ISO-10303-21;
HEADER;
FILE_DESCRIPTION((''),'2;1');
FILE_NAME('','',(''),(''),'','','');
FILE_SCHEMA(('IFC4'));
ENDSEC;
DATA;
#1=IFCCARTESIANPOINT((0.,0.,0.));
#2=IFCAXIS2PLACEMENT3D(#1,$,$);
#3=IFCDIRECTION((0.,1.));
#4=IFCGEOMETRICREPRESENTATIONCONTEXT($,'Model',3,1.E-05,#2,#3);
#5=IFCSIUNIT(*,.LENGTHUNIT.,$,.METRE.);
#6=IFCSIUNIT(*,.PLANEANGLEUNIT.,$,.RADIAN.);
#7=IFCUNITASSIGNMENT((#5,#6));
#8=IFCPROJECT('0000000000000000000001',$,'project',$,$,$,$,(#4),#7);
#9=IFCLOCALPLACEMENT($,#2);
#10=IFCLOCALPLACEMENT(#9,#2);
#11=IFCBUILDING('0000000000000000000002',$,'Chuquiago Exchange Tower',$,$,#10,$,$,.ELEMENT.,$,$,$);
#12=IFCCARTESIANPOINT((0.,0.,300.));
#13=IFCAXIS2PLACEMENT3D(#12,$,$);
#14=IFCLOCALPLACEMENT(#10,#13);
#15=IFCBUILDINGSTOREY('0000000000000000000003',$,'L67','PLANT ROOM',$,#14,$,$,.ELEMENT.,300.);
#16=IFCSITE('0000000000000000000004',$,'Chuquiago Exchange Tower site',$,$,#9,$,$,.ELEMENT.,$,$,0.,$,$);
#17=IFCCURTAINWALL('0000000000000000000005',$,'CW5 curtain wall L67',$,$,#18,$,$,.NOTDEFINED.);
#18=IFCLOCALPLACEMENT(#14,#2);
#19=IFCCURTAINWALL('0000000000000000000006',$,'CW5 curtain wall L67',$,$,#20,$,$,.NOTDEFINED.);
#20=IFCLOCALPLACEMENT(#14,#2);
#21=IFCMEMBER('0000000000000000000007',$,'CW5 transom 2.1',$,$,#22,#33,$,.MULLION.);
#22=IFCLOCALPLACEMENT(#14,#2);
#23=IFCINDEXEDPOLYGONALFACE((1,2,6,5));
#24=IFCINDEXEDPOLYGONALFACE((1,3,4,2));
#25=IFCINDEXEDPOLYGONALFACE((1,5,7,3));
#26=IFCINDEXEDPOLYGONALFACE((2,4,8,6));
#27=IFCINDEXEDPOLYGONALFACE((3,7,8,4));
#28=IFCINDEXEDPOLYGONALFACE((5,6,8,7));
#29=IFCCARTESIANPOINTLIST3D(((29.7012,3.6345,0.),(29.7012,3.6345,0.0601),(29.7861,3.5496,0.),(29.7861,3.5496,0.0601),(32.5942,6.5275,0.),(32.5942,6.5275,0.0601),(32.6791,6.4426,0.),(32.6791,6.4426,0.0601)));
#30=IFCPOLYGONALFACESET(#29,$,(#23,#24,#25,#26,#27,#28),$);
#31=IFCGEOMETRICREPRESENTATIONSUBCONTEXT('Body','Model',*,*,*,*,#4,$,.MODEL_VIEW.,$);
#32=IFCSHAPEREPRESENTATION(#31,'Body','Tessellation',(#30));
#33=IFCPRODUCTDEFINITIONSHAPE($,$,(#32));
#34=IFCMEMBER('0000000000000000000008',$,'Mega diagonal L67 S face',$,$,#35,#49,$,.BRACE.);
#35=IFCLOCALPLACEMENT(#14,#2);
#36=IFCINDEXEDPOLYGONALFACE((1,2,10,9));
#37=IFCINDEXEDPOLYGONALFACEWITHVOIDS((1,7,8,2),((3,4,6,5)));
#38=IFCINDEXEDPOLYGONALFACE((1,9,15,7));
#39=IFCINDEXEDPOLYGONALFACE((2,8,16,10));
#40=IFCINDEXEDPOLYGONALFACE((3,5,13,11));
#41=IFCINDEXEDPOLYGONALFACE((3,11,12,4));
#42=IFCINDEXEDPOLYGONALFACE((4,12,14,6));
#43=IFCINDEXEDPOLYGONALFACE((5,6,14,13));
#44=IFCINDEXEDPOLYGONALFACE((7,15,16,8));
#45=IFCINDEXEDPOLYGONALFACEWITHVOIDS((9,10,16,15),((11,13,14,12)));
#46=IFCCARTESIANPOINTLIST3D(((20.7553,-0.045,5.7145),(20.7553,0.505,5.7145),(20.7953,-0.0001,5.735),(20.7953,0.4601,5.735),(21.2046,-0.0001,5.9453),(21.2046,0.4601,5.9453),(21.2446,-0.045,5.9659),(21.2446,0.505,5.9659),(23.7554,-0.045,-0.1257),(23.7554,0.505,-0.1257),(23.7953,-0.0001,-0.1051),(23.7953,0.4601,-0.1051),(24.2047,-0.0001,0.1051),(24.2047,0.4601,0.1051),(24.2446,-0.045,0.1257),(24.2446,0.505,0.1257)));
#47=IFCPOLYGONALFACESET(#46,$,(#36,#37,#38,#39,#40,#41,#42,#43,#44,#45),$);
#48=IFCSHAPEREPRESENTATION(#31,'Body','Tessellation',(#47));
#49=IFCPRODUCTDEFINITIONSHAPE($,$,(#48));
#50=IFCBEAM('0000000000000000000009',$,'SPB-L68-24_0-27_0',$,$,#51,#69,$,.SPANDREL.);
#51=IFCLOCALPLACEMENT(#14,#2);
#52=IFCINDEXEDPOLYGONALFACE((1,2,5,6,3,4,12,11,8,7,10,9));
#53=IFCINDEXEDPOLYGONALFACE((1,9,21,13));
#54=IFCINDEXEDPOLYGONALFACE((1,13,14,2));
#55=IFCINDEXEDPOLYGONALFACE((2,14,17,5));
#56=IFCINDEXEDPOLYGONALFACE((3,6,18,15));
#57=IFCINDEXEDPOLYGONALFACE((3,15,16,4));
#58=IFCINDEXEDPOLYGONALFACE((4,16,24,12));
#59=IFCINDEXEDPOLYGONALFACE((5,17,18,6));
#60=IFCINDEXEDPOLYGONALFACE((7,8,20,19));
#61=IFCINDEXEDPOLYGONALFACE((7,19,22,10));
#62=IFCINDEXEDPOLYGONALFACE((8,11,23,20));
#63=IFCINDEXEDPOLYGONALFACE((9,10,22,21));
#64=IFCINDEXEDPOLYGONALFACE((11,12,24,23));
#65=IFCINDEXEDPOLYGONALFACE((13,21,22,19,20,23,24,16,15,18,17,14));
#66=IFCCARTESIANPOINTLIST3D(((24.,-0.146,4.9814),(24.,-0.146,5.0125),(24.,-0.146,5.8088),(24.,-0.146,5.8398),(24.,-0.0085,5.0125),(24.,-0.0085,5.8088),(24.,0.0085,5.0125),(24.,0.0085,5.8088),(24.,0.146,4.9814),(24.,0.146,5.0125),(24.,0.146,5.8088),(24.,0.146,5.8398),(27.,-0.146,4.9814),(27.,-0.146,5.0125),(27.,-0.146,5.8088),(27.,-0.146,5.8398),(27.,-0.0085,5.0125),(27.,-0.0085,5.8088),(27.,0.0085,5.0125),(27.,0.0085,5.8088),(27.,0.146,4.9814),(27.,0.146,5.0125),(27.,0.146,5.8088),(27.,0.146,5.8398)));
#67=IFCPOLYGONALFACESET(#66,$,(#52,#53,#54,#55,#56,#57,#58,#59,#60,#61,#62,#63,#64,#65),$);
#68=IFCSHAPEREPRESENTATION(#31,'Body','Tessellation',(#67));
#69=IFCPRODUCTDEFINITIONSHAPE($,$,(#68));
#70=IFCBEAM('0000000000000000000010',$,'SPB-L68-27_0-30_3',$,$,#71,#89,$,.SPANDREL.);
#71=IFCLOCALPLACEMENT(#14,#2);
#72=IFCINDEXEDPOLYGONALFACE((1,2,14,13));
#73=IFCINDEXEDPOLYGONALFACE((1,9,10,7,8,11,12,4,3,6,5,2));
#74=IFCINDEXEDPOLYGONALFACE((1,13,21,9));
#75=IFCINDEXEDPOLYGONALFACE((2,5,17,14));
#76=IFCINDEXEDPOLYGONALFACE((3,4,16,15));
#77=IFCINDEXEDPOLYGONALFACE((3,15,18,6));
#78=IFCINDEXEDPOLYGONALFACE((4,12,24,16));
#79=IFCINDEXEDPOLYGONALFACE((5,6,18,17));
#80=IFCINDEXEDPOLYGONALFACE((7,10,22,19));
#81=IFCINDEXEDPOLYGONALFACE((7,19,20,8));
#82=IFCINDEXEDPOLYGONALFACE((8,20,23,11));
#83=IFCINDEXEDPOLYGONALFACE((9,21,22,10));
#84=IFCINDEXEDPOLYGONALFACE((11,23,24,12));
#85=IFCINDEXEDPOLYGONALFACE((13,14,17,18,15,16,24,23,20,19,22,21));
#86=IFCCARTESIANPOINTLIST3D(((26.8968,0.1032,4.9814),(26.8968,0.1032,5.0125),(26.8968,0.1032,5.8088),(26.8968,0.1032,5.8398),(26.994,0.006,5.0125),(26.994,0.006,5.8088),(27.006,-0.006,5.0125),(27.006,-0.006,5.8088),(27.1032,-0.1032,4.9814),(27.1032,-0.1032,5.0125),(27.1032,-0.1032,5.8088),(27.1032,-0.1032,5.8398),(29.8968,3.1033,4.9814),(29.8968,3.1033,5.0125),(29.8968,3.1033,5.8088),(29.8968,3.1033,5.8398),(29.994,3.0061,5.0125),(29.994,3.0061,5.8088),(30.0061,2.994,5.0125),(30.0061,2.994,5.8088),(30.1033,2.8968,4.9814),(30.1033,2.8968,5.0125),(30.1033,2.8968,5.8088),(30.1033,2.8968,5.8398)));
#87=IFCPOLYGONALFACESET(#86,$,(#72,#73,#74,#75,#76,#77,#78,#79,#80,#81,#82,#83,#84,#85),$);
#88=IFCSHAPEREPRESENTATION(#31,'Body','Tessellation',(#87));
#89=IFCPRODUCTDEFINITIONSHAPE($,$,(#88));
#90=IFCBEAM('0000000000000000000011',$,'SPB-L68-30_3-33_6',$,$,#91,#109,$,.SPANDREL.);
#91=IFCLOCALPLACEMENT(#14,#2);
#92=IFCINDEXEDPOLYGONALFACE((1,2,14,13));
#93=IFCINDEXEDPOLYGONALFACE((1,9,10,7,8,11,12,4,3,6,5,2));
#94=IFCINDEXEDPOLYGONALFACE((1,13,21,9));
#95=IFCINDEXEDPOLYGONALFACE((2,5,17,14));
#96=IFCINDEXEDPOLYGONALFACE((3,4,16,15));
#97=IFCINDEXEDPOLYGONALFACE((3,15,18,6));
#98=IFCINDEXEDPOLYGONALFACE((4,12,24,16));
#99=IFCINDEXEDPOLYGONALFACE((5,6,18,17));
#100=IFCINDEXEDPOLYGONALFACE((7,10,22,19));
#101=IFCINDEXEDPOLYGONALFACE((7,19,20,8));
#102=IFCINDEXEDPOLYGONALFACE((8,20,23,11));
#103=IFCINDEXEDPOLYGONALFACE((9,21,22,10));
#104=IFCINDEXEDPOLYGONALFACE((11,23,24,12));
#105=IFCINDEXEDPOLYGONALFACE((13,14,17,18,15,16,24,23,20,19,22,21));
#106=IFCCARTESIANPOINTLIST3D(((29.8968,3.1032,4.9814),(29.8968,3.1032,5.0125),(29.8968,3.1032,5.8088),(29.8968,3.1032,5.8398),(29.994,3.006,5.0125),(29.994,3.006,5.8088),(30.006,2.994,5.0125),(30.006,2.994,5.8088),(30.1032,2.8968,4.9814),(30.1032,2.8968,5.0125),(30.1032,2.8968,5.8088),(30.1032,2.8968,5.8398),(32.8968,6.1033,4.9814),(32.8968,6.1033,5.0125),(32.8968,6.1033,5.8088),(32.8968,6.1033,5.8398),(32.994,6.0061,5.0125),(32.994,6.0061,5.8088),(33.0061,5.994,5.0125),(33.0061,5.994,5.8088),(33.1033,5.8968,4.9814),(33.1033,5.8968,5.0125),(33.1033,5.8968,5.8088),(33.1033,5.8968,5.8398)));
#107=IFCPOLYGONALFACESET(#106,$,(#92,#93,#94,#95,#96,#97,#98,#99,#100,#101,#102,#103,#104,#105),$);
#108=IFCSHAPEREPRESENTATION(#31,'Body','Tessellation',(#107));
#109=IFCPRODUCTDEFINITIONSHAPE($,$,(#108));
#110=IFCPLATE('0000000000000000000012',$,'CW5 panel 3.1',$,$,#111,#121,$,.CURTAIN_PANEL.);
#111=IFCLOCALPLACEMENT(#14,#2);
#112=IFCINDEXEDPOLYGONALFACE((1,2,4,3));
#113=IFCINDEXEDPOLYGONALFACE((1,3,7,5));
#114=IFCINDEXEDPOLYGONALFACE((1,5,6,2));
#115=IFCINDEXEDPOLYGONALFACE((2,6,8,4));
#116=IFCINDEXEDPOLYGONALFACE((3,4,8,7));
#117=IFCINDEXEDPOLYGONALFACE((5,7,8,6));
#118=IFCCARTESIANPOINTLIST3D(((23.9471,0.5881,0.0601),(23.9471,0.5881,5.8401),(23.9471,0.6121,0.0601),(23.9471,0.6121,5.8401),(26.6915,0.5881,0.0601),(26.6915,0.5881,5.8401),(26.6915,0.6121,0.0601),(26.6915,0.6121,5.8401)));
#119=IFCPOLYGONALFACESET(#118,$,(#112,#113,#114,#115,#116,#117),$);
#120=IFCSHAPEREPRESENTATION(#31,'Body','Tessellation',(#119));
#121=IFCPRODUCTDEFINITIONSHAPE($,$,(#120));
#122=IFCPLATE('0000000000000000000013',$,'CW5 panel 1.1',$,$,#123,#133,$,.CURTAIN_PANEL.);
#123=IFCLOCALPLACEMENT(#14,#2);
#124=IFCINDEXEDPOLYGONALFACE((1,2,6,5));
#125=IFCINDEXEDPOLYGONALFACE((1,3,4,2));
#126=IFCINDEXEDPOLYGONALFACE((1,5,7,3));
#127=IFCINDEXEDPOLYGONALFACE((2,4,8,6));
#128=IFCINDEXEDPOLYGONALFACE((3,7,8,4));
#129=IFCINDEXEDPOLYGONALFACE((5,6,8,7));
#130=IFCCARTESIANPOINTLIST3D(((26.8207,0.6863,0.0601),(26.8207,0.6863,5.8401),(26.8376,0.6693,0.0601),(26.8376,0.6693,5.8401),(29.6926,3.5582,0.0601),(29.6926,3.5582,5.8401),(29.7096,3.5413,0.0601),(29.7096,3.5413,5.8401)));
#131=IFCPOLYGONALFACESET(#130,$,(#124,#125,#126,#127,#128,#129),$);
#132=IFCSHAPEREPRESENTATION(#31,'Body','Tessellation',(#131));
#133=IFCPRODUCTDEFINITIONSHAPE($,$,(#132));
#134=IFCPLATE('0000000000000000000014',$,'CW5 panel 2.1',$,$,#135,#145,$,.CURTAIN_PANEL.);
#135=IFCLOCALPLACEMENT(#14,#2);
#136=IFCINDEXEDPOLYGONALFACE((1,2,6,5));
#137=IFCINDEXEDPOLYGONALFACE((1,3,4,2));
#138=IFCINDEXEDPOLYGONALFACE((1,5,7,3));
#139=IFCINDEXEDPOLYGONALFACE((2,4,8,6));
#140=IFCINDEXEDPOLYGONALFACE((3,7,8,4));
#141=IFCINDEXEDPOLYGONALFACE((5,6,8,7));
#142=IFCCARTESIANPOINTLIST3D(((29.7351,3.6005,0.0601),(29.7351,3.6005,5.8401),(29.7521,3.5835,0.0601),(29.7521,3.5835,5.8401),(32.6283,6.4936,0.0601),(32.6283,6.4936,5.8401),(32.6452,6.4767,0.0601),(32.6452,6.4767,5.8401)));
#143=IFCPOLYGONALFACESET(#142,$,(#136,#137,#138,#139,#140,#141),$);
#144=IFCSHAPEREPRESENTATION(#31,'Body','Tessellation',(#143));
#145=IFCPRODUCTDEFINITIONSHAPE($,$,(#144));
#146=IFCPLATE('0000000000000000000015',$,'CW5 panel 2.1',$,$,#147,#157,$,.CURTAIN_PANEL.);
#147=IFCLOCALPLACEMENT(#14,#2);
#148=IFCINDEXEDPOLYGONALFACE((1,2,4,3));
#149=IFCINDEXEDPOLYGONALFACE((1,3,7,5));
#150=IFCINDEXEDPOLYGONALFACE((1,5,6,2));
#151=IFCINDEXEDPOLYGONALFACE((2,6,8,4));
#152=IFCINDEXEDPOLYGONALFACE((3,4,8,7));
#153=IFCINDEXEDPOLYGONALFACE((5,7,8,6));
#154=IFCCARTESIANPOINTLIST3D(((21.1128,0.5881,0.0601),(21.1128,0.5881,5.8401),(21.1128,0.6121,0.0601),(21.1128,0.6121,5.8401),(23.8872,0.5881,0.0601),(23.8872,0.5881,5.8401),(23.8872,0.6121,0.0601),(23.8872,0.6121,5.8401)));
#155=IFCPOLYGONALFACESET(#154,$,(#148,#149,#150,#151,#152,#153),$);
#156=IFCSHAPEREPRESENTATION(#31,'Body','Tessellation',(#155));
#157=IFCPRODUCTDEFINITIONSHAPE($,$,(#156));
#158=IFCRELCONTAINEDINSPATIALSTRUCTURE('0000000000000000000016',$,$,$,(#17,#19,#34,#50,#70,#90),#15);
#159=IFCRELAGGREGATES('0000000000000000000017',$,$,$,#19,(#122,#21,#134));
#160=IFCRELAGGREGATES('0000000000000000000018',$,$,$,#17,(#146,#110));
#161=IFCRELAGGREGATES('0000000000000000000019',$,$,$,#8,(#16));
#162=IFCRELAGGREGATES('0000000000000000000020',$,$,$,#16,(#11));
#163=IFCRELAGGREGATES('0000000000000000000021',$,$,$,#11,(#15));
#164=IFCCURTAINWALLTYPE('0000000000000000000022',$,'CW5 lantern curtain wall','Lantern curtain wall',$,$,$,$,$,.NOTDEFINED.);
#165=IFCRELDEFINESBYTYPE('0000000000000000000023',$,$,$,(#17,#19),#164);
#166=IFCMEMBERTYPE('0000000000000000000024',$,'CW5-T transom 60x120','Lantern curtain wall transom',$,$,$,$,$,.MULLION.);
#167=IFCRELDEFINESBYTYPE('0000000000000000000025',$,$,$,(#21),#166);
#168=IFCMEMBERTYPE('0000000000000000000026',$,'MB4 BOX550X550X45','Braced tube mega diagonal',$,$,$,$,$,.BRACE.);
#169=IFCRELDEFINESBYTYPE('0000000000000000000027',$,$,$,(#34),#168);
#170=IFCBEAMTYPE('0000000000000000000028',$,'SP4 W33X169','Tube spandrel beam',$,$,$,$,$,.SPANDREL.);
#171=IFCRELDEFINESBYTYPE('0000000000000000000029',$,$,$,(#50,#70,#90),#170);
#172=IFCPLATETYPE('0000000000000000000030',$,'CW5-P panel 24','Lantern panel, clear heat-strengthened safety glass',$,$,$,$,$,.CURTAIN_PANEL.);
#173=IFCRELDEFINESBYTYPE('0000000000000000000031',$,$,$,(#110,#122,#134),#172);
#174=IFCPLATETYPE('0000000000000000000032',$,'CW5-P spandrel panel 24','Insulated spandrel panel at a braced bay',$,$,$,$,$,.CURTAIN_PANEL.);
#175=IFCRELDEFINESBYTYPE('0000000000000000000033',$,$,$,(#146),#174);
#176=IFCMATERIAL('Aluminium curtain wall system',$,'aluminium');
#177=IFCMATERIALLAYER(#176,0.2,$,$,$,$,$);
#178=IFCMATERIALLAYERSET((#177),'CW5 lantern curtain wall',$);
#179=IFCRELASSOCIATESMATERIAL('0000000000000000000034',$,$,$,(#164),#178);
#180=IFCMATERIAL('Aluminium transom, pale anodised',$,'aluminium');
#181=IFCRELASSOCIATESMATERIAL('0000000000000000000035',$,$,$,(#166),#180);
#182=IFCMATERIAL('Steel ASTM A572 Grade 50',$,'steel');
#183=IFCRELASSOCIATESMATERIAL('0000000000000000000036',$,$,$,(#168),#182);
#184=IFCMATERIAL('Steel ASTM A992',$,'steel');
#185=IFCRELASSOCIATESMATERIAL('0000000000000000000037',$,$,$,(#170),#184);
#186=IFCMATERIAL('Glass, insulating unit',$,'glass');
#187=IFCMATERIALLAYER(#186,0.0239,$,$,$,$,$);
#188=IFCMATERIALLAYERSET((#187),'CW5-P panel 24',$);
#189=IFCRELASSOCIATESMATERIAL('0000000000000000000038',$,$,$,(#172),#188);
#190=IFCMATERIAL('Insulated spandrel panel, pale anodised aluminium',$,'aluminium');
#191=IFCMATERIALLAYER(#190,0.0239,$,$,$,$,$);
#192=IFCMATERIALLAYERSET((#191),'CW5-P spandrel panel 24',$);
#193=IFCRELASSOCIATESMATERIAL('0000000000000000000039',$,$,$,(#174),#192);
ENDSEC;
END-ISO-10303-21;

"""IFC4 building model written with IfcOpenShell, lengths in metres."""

from ifc_helpers import new_model, si_unit, direction, frame, origin, origin_2d, place, context, subcontext, project, spatial, rectangle, hollow_rectangle, i_section, extrude, material, layer, layer_set, material_profile, profile_set, type_object, element, aggregate, save


model = new_model("IFC4")

# Units and contexts
model_context = context("Model", 3, precision=1e-05, world=origin(), true_north=direction((0.0, 1.0)))
body_context = subcontext(model_context, "Body", "Model", "MODEL_VIEW")
ifc_project = project(units=[si_unit("LENGTHUNIT", "METRE"), si_unit("PLANEANGLEUNIT", "RADIAN")], contexts=[model_context])

# Site, building, storey
site_placement = place(None, origin())
site = spatial("IfcSite", under=ifc_project, at=site_placement, Name="Chuquiago Exchange Tower site", CompositionType="ELEMENT", RefElevation=0.0)
building_placement = place(site_placement, origin())
building = spatial("IfcBuilding", under=site, at=building_placement, Name="Chuquiago Exchange Tower", CompositionType="ELEMENT")
storey_placement = place(building_placement, frame((0.0, 0.0, 300.0)))
storey = spatial("IfcBuildingStorey", under=building, at=storey_placement, Name="L67", Description="PLANT ROOM", CompositionType="ELEMENT", Elevation=300.0)

# Curtain walls
ifc_material_1 = material(Name="Aluminium curtain wall system", Category="aluminium")
ifc_layer_1 = layer(ifc_material_1, 0.2)
ifc_layer_set_1 = layer_set([ifc_layer_1], Name="CW5 lantern curtain wall")
curtain_wall_type = type_object("IfcCurtainWallType", Name="CW5 lantern curtain wall", Description="Lantern curtain wall", PredefinedType="NOTDEFINED", material=ifc_layer_set_1)
curtain_wall_1_placement = place(storey_placement, origin())
curtain_wall_1 = element("IfcCurtainWall", 1, at=curtain_wall_1_placement, inside=storey, type_object=curtain_wall_type, Name="CW5 curtain wall L67", PredefinedType="NOTDEFINED")
curtain_wall_2_placement = place(storey_placement, origin())
curtain_wall_2 = element("IfcCurtainWall", 2, at=curtain_wall_2_placement, inside=storey, type_object=curtain_wall_type, Name="CW5 curtain wall L67", PredefinedType="NOTDEFINED")

# Members
ifc_material_2 = material(Name="Aluminium transom, pale anodised", Category="aluminium")
ifc_material_profile_1 = material_profile(ifc_material_2, rectangle(XDim=0.1201, YDim=0.0601, at=origin_2d()), Name="AL 120x60")
ifc_profile_set_1 = profile_set([ifc_material_profile_1], Name="Aluminium transom, pale anodised")
member_type_1 = type_object("IfcMemberType", Name="CW5-T transom 60x120", Description="Lantern curtain wall transom", PredefinedType="MULLION", material=ifc_profile_set_1)
member_1_placement = place(storey_placement, frame((29.7437, 3.592, 0.03), z_axis=(0.707107, 0.707107, 0.0), x_axis=(-0.707107, 0.707107, 0.0)))
member_1 = element("IfcMember", 3, at=member_1_placement, type_object=member_type_1, Name="CW5 transom 2.1", PredefinedType="MULLION", context=body_context, shape_type="SweptSolid", body=[
    extrude(rectangle(XDim=0.1201, YDim=0.0601, at=origin_2d()), origin(), (0.0, 0.0, 1.0), 4.0913),
])
ifc_material_3 = material(Name="Steel ASTM A572 Grade 50", Category="steel")
ifc_material_profile_2 = material_profile(ifc_material_3, hollow_rectangle(XDim=0.55, YDim=0.55, WallThickness=0.0449, at=origin_2d()), Name="BOX550X550X45")
ifc_profile_set_2 = profile_set([ifc_material_profile_2], Name="Steel ASTM A572 Grade 50")
member_type_2 = type_object("IfcMemberType", Name="MB4 BOX550X550X45", Description="Braced tube mega diagonal", PredefinedType="BRACE", material=ifc_profile_set_2)
member_2_placement = place(storey_placement, frame((24.0, 0.23, 0.0), z_axis=(-0.45693, 0.0, 0.889503), x_axis=(0.0, -1.0, 0.0)))
element("IfcMember", 4, at=member_2_placement, inside=storey, type_object=member_type_2, Name="Mega diagonal L67 S face", PredefinedType="BRACE", context=body_context, shape_type="SweptSolid", body=[
    extrude(hollow_rectangle(XDim=0.55, YDim=0.55, WallThickness=0.0449, at=origin_2d()), origin(), (0.0, 0.0, 1.0), 6.5657),
])

# Beams
ifc_material_4 = material(Name="Steel ASTM A992", Category="steel")
ifc_material_profile_3 = material_profile(ifc_material_4, i_section(OverallWidth=0.292, OverallDepth=0.8584, WebThickness=0.0171, FlangeThickness=0.031, at=origin_2d()), Name="W33X169")
ifc_profile_set_3 = profile_set([ifc_material_profile_3], Name="Steel ASTM A992")
beam_type = type_object("IfcBeamType", Name="SP4 W33X169", Description="Tube spandrel beam", PredefinedType="SPANDREL", material=ifc_profile_set_3)
beam_placement = place(storey_placement, frame((24.0, 0.0, 5.4106), z_axis=(1.0, 0.0, 0.0), x_axis=(0.0, 1.0, 0.0)))
element("IfcBeam", 5, at=beam_placement, inside=storey, type_object=beam_type, Name="SPB-L68-24_0-27_0", PredefinedType="SPANDREL", context=body_context, shape_type="SweptSolid", body=[
    extrude(i_section(OverallWidth=0.292, OverallDepth=0.8584, WebThickness=0.0171, FlangeThickness=0.031, at=origin_2d()), origin(), (0.0, 0.0, 1.0), 3.0),
])
for number, where, z_axis, x_axis, name in (
    (6, (27.0, 0.0, 5.4106), (0.707107, 0.707107, 0.0), (-0.707107, 0.707107, 0.0), "SPB-L68-27_0-30_3"),
    (7, (30.0, 3.0, 5.4106), (0.707107, 0.707107, 0.0), (-0.707107, 0.707107, 0.0), "SPB-L68-30_3-33_6"),
):
    element("IfcBeam", number, at=place(storey_placement, frame(where, z_axis=z_axis, x_axis=x_axis)), inside=storey, type_object=beam_type, Name=name, PredefinedType="SPANDREL", context=body_context, shape_type="SweptSolid", body=[
        extrude(i_section(OverallWidth=0.292, OverallDepth=0.8584, WebThickness=0.0171, FlangeThickness=0.031, at=origin_2d()), origin(), (0.0, 0.0, 1.0), 4.2427),
    ])

# Plates
ifc_material_5 = material(Name="Glass, insulating unit", Category="glass")
ifc_layer_2 = layer(ifc_material_5, 0.0239)
ifc_layer_set_2 = layer_set([ifc_layer_2], Name="CW5-P panel 24")
plate_type_1 = type_object("IfcPlateType", Name="CW5-P panel 24", Description="Lantern panel, clear heat-strengthened safety glass", PredefinedType="CURTAIN_PANEL", material=ifc_layer_set_2)
plate_1_placement = place(storey_placement, frame((25.3193, 0.6001, 0.0601), z_axis=(0.0, 0.0, 1.0), x_axis=(1.0, 0.0, 0.0)))
plate_1 = element("IfcPlate", 8, at=plate_1_placement, type_object=plate_type_1, Name="CW5 panel 3.1", PredefinedType="CURTAIN_PANEL", context=body_context, shape_type="SweptSolid", body=[
    extrude(rectangle(XDim=2.7444, YDim=0.0239, at=origin_2d()), origin(), (0.0, 0.0, 1.0), 5.78),
])
plate_2_placement = place(storey_placement, frame((28.2651, 2.1138, 0.0601), z_axis=(0.0, 0.0, 1.0), x_axis=(0.707109, 0.707105, 0.0)))
plate_2 = element("IfcPlate", 9, at=plate_2_placement, type_object=plate_type_1, Name="CW5 panel 1.1", PredefinedType="CURTAIN_PANEL", context=body_context, shape_type="SweptSolid", body=[
    extrude(rectangle(XDim=4.0615, YDim=0.0239, at=origin_2d()), origin(), (0.0, 0.0, 1.0), 5.78),
])
plate_3_placement = place(storey_placement, frame((31.1902, 5.0386, 0.0601), z_axis=(0.0, 0.0, 1.0), x_axis=(0.707109, 0.707105, 0.0)))
plate_3 = element("IfcPlate", 10, at=plate_3_placement, type_object=plate_type_1, Name="CW5 panel 2.1", PredefinedType="CURTAIN_PANEL", context=body_context, shape_type="SweptSolid", body=[
    extrude(rectangle(XDim=4.0916, YDim=0.0239, at=origin_2d()), origin(), (0.0, 0.0, 1.0), 5.78),
])
aggregate(curtain_wall_2, [plate_2, member_1, plate_3])
ifc_material_6 = material(Name="Insulated spandrel panel, pale anodised aluminium", Category="aluminium")
ifc_layer_3 = layer(ifc_material_6, 0.0239)
ifc_layer_set_3 = layer_set([ifc_layer_3], Name="CW5-P spandrel panel 24")
plate_type_2 = type_object("IfcPlateType", Name="CW5-P spandrel panel 24", Description="Insulated spandrel panel at a braced bay", PredefinedType="CURTAIN_PANEL", material=ifc_layer_set_3)
plate_4_placement = place(storey_placement, frame((22.5, 0.6001, 0.0601), z_axis=(0.0, 0.0, 1.0), x_axis=(1.0, 0.0, 0.0)))
plate_4 = element("IfcPlate", 11, at=plate_4_placement, type_object=plate_type_2, Name="CW5 panel 2.1", PredefinedType="CURTAIN_PANEL", context=body_context, shape_type="SweptSolid", body=[
    extrude(rectangle(XDim=2.7744, YDim=0.0239, at=origin_2d()), origin(), (0.0, 0.0, 1.0), 5.78),
])
aggregate(curtain_wall_1, [plate_4, plate_1])

save(model, "model.ifc")
